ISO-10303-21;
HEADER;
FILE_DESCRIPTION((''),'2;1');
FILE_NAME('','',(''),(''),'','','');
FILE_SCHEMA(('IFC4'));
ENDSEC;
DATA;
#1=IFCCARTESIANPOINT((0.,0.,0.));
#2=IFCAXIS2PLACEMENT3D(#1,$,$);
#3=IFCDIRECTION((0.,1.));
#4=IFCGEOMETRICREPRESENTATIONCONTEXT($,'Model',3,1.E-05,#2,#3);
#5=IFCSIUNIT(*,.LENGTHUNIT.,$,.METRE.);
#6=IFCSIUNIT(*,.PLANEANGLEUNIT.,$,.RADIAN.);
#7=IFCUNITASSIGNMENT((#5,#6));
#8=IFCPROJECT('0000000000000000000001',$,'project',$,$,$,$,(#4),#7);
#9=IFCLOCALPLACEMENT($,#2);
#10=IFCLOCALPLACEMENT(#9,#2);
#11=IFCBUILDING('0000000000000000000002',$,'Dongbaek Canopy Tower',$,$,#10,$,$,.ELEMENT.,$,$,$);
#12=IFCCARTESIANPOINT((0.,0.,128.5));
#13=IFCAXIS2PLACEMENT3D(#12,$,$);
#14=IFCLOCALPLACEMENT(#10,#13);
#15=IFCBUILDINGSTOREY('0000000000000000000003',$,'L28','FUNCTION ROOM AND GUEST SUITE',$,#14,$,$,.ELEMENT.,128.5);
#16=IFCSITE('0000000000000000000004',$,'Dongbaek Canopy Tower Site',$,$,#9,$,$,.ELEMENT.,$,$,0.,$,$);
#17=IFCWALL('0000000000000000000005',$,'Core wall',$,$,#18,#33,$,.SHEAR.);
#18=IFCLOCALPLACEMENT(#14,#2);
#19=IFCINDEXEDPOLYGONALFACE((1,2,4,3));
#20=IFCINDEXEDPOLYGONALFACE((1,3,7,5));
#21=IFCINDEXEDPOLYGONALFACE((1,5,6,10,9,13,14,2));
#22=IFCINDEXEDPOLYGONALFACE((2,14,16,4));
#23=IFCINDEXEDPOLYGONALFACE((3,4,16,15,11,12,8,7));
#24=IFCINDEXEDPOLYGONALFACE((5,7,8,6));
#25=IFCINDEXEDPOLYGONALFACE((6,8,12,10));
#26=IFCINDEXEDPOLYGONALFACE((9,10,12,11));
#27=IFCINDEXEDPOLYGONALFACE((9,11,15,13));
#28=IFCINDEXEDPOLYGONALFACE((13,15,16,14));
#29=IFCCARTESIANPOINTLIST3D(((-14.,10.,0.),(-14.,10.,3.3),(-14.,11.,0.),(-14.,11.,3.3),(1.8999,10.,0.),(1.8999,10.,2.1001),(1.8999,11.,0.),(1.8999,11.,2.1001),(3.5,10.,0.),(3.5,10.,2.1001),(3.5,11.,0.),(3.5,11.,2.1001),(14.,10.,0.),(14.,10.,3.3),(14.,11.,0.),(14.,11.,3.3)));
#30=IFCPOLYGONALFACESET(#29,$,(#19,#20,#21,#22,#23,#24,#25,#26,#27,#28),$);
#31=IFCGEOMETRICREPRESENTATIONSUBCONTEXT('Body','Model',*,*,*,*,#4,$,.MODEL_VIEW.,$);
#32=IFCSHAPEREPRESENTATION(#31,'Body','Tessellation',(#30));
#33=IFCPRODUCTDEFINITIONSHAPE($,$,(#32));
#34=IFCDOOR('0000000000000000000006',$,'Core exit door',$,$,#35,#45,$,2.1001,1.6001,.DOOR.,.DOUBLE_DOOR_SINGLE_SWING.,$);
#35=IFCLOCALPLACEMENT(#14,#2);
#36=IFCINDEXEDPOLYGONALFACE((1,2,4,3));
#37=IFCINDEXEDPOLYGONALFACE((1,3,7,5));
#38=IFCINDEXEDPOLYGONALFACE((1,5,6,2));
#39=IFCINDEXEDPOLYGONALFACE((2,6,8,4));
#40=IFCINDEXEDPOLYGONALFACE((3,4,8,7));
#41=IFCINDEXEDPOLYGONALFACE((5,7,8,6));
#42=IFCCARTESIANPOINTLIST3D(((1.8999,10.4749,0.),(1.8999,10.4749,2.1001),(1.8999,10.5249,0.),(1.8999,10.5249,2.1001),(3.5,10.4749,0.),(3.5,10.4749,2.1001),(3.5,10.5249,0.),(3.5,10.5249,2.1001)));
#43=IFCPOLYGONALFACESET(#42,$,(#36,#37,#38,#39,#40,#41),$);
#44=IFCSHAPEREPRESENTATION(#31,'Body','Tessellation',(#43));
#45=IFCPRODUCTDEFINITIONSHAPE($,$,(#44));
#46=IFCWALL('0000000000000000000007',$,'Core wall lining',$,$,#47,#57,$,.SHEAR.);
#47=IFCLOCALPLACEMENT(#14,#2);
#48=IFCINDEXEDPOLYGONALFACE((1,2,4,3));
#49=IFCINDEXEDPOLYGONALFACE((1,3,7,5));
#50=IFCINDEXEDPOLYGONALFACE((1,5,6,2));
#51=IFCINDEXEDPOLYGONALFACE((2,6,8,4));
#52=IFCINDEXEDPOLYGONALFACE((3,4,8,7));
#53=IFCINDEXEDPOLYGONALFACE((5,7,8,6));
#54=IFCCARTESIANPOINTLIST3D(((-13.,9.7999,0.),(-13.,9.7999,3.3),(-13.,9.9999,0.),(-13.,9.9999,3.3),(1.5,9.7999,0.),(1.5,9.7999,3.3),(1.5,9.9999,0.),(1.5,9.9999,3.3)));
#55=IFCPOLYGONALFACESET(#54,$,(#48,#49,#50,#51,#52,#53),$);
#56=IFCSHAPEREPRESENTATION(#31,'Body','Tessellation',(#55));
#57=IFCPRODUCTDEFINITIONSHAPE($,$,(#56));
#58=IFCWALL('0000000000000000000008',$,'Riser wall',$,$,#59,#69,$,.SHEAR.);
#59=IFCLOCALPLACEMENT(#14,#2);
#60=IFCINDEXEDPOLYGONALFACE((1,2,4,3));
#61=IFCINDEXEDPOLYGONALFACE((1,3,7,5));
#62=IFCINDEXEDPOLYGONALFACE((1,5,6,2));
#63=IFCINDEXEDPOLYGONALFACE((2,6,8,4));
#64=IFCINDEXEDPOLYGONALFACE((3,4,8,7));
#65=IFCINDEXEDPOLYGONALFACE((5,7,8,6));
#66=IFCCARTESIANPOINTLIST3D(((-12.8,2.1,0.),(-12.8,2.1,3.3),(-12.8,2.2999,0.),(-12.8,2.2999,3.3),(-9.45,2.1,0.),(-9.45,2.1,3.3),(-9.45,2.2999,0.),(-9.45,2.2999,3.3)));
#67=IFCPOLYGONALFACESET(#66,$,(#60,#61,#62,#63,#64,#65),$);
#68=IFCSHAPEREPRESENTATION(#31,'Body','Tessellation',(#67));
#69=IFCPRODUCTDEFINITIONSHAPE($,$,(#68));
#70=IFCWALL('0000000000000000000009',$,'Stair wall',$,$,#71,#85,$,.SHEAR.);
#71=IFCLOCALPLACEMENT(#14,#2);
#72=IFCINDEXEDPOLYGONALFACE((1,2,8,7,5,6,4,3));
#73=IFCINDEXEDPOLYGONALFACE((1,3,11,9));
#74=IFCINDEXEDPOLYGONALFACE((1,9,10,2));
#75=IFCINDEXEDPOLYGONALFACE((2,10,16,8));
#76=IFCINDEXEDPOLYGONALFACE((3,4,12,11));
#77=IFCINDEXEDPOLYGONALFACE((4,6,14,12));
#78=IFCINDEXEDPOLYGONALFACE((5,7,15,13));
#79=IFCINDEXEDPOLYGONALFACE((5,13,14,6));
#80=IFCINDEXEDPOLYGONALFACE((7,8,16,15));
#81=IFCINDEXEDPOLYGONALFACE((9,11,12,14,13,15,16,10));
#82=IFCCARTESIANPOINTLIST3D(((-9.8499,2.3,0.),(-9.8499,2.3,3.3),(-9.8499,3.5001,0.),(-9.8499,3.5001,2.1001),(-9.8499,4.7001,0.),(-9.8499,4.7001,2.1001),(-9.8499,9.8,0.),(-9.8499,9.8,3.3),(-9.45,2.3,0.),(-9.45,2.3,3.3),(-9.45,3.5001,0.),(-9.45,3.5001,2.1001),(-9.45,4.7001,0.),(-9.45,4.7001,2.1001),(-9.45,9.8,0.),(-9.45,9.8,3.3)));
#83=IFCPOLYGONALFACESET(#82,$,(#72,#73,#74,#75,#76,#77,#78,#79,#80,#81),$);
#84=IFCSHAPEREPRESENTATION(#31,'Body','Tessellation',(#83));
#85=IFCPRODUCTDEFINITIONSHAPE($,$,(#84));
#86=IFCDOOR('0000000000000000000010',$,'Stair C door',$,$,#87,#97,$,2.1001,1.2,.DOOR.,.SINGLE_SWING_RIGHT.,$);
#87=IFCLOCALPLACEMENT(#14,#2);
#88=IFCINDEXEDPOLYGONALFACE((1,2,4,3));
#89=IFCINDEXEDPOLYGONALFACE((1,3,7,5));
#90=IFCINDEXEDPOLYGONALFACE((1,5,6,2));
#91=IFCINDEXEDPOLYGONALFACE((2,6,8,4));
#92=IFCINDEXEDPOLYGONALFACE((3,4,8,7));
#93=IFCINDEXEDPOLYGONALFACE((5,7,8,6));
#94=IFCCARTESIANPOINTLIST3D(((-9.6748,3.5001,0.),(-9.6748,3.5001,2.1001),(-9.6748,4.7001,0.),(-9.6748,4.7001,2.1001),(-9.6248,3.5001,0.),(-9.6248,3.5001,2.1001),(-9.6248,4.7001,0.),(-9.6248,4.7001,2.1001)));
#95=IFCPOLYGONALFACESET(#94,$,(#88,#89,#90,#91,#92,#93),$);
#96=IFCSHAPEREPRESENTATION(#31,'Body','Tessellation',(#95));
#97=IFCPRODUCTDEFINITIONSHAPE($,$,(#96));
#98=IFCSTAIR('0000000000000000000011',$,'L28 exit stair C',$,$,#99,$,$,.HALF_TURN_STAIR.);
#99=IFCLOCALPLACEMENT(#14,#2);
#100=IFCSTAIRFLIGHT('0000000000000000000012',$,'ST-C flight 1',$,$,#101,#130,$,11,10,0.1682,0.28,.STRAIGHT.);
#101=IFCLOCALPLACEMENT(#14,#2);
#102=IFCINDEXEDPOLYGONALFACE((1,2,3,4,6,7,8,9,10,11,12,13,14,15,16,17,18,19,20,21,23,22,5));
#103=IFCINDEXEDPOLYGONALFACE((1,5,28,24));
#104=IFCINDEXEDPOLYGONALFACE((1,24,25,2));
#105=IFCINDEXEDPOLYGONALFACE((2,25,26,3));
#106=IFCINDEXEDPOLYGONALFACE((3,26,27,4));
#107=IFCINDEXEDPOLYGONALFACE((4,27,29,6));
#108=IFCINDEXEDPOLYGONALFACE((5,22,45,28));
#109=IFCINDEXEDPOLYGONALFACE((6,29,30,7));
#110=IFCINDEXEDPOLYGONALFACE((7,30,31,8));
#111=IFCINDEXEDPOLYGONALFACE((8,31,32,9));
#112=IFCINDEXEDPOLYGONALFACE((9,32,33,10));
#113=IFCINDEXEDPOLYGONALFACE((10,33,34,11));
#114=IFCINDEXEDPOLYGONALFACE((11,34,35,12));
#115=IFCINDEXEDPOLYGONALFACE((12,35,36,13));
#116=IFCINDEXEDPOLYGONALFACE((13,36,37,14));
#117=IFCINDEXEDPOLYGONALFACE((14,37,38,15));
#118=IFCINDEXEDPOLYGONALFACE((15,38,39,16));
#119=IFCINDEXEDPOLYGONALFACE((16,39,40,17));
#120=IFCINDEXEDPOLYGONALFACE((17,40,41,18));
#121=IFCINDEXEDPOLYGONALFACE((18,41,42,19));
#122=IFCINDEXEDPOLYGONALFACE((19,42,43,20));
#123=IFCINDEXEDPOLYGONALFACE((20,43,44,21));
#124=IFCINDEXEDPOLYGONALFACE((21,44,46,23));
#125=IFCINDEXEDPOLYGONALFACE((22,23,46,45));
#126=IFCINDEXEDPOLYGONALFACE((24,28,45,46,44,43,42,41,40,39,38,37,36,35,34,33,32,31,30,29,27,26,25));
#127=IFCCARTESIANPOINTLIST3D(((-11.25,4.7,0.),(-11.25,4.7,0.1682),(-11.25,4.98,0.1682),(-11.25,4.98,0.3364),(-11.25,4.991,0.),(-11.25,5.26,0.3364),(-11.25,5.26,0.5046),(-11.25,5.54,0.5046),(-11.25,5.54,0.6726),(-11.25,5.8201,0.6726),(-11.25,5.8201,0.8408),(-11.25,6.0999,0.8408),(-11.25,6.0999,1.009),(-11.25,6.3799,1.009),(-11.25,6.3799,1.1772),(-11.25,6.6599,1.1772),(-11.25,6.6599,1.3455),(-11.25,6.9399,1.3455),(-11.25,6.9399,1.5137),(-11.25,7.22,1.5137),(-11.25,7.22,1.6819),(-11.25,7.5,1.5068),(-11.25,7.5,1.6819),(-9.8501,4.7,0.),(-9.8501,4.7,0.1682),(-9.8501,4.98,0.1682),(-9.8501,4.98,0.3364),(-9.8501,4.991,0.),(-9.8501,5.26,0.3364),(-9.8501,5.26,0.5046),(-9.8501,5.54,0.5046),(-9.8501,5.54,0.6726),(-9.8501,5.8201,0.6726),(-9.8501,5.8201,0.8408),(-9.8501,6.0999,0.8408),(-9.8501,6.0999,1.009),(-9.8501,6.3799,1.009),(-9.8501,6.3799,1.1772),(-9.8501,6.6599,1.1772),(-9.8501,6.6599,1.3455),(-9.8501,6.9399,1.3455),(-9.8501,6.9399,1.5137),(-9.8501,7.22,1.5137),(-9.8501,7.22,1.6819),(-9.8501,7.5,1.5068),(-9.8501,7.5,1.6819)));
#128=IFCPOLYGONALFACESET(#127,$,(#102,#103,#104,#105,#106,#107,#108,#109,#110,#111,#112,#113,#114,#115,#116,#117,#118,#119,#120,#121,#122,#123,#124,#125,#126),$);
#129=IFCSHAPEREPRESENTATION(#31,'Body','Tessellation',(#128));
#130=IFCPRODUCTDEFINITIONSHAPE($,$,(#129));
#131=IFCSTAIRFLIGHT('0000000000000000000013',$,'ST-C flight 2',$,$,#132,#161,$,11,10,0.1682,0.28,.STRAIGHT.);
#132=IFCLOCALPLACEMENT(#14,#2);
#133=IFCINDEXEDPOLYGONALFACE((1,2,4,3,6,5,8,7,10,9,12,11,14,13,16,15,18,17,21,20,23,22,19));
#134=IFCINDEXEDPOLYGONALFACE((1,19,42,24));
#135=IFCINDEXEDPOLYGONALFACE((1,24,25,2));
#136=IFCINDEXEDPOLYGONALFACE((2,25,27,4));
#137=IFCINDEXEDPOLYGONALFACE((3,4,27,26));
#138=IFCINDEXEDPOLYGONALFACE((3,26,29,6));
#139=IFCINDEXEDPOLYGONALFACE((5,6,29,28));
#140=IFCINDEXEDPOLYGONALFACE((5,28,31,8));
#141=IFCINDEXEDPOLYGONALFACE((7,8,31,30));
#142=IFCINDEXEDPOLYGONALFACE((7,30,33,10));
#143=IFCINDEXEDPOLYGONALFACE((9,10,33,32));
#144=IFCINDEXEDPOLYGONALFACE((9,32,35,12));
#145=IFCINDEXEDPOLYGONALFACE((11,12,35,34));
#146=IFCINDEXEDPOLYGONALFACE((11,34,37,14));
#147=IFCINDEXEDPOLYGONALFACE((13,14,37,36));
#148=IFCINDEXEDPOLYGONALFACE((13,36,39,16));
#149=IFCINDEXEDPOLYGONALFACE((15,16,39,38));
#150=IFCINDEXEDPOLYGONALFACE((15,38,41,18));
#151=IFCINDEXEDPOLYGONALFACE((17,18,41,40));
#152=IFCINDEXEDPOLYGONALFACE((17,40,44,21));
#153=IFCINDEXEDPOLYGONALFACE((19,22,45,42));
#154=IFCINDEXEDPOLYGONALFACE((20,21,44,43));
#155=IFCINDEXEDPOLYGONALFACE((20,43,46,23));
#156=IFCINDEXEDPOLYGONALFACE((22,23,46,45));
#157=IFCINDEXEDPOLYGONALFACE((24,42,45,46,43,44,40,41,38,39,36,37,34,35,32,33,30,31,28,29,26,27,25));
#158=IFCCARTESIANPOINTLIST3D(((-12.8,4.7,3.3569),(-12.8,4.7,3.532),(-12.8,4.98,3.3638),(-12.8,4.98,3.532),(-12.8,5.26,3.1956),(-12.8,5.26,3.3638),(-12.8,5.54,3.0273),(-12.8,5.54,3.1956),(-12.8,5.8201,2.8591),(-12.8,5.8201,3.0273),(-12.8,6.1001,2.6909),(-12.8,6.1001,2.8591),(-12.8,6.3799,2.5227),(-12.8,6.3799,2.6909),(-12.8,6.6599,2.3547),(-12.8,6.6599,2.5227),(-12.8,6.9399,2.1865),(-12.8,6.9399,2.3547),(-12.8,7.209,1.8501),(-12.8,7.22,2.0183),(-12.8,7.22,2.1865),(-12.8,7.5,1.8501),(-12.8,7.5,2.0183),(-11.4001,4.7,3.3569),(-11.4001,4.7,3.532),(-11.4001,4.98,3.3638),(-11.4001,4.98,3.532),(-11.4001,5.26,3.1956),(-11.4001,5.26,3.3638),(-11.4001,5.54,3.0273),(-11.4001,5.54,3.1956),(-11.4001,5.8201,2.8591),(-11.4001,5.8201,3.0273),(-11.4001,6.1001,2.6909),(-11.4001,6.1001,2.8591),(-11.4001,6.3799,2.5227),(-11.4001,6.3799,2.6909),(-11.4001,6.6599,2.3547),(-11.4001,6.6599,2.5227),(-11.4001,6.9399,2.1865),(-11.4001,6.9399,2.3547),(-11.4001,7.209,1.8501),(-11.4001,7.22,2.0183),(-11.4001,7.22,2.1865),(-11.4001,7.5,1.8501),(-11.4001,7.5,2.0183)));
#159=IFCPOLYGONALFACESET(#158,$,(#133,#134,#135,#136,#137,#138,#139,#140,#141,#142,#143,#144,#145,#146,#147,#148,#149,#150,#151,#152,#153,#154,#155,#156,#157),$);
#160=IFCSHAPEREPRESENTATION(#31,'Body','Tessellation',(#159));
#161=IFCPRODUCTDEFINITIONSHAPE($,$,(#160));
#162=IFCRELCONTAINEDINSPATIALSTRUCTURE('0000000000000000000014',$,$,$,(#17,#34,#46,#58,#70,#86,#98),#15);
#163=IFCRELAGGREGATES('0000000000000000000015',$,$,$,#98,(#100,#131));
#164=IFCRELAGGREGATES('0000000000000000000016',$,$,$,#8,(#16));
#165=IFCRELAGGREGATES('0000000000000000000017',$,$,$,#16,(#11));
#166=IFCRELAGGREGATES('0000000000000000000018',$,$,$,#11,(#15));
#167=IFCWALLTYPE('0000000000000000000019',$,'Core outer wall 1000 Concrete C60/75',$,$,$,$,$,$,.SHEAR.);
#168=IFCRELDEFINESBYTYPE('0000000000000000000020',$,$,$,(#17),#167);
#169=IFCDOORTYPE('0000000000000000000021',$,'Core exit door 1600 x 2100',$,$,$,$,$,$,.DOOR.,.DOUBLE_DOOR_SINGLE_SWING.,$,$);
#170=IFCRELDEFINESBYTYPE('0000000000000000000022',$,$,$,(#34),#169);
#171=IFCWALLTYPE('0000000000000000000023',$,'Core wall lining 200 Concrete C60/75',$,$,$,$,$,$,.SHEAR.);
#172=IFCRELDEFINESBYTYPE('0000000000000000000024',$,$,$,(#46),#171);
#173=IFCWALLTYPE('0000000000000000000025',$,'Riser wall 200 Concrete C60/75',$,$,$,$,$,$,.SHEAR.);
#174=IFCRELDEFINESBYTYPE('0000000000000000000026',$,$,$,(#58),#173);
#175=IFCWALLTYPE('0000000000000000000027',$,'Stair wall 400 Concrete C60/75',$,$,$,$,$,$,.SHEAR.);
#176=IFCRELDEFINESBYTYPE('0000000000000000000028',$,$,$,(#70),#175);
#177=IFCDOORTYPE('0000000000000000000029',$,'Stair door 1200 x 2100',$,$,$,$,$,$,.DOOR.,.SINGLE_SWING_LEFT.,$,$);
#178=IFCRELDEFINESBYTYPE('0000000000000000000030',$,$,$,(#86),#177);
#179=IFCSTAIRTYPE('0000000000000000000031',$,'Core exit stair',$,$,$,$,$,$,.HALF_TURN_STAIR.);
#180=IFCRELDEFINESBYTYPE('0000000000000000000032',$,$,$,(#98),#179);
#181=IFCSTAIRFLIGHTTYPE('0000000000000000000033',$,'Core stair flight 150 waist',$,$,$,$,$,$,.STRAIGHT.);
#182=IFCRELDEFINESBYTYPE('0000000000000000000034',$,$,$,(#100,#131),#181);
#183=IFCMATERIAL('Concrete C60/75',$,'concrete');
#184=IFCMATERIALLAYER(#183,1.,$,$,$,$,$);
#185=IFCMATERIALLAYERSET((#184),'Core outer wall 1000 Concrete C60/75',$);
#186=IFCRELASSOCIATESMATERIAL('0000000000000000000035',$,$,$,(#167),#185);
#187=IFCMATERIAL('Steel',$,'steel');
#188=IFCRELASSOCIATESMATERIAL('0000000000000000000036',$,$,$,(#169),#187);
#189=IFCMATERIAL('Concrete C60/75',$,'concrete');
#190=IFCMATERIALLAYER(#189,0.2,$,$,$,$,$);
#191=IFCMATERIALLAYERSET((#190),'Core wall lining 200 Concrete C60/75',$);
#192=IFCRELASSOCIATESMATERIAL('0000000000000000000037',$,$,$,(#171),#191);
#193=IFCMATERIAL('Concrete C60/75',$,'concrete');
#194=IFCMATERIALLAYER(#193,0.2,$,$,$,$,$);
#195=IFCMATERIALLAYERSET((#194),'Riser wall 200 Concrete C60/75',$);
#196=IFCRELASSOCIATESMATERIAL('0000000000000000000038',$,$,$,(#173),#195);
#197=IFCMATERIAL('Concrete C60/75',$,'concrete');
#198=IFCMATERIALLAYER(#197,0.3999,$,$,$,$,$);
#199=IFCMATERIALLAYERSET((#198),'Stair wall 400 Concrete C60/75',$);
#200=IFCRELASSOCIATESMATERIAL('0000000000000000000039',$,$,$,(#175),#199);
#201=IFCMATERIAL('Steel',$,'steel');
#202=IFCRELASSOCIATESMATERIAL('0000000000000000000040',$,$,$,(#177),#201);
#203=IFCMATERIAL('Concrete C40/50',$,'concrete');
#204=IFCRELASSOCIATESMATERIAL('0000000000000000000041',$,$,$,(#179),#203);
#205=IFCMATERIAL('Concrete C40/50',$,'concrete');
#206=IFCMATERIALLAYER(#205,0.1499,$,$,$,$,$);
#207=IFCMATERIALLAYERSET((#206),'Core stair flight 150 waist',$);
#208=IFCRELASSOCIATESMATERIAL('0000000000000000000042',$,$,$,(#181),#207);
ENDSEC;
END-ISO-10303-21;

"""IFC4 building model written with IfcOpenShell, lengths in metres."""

from ifc_helpers import new_model, si_unit, direction, frame, frame_2d, origin, place, context, subcontext, project, spatial, polyline, rectangle, outline, extrude, material, layer, layer_set, type_object, element, fill, aggregate, save


model = new_model("IFC4")

# Units and contexts
model_context = context("Model", 3, precision=1e-05, world=origin(), true_north=direction((0.0, 1.0)))
body_context = subcontext(model_context, "Body", "Model", "MODEL_VIEW")
ifc_project = project(units=[si_unit("LENGTHUNIT", "METRE"), si_unit("PLANEANGLEUNIT", "RADIAN")], contexts=[model_context])

# Site, building, storey
site_placement = place(None, origin())
site = spatial("IfcSite", under=ifc_project, at=site_placement, Name="Dongbaek Canopy Tower Site", CompositionType="ELEMENT", RefElevation=0.0)
building_placement = place(site_placement, origin())
building = spatial("IfcBuilding", under=site, at=building_placement, Name="Dongbaek Canopy Tower", CompositionType="ELEMENT")
storey_placement = place(building_placement, frame((0.0, 0.0, 128.5)))
storey = spatial("IfcBuildingStorey", under=building, at=storey_placement, Name="L28", Description="FUNCTION ROOM AND GUEST SUITE", CompositionType="ELEMENT", Elevation=128.5)

# Wall, opening, door
ifc_material_1 = material(Name="Concrete C60/75", Category="concrete")
ifc_layer_1 = layer(ifc_material_1, 1.0)
ifc_layer_set_1 = layer_set([ifc_layer_1], Name="Core outer wall 1000 Concrete C60/75")
wall_type_1 = type_object("IfcWallType", Name="Core outer wall 1000 Concrete C60/75", PredefinedType="SHEAR", material=ifc_layer_set_1)
wall_1_placement = place(storey_placement, frame((-14.0, 10.5, 0.0), z_axis=(0.0, 0.0, 1.0), x_axis=(1.0, 0.0, 0.0)))
wall_1 = element("IfcWall", 1, at=wall_1_placement, inside=storey, type_object=wall_type_1, Name="Core wall", PredefinedType="SHEAR", context=body_context, shape_type="SweptSolid", body=[
    extrude(rectangle(XDim=28.0, YDim=1.0, at=frame_2d((14.0, 0.0))), origin(), (0.0, 0.0, 1.0), 3.3),
])
opening_1_placement = place(wall_1_placement, frame((15.8999, 0.0, 0.0)))
opening_1 = element("IfcOpeningElement", 2, at=opening_1_placement, cuts=wall_1, PredefinedType="OPENING", context=body_context, shape_type="SweptSolid", body=[
    extrude(rectangle(XDim=1.6001, YDim=2.1001, at=frame_2d((0.8, 1.05))), frame((0.0, 0.51, 0.0), z_axis=(0.0, -1.0, 0.0), x_axis=(1.0, 0.0, 0.0)), (0.0, 0.0, 1.0), 1.02),
])
ifc_material_2 = material(Name="Steel", Category="steel")
door_type_1 = type_object("IfcDoorType", Name="Core exit door 1600 x 2100", OperationType="DOUBLE_DOOR_SINGLE_SWING", PredefinedType="DOOR", material=ifc_material_2)
door_1_placement = place(opening_1_placement, origin())
door_1 = element("IfcDoor", 3, at=door_1_placement, inside=storey, type_object=door_type_1, Name="Core exit door", OperationType="DOUBLE_DOOR_SINGLE_SWING", OverallHeight=2.1001, OverallWidth=1.6001, PredefinedType="DOOR", context=body_context, shape_type="SweptSolid", body=[
    extrude(rectangle(XDim=1.6001, YDim=2.1001, at=frame_2d((0.8, 1.05))), frame((0.0, 0.0249, 0.0), z_axis=(0.0, -1.0, 0.0), x_axis=(1.0, 0.0, 0.0)), (0.0, 0.0, 1.0), 0.05),
])
fill(opening_1, door_1)

# Walls
ifc_material_3 = material(Name="Concrete C60/75", Category="concrete")
ifc_layer_2 = layer(ifc_material_3, 0.2)
ifc_layer_set_2 = layer_set([ifc_layer_2], Name="Core wall lining 200 Concrete C60/75")
wall_type_2 = type_object("IfcWallType", Name="Core wall lining 200 Concrete C60/75", PredefinedType="SHEAR", material=ifc_layer_set_2)
wall_2_placement = place(storey_placement, frame((-13.0, 9.8999, 0.0), z_axis=(0.0, 0.0, 1.0), x_axis=(1.0, 0.0, 0.0)))
element("IfcWall", 4, at=wall_2_placement, inside=storey, type_object=wall_type_2, Name="Core wall lining", PredefinedType="SHEAR", context=body_context, shape_type="SweptSolid", body=[
    extrude(rectangle(XDim=14.5, YDim=0.2, at=frame_2d((7.25, 0.0))), origin(), (0.0, 0.0, 1.0), 3.3),
])
ifc_material_4 = material(Name="Concrete C60/75", Category="concrete")
ifc_layer_3 = layer(ifc_material_4, 0.2)
ifc_layer_set_3 = layer_set([ifc_layer_3], Name="Riser wall 200 Concrete C60/75")
wall_type_3 = type_object("IfcWallType", Name="Riser wall 200 Concrete C60/75", PredefinedType="SHEAR", material=ifc_layer_set_3)
wall_3_placement = place(storey_placement, frame((-9.45, 2.2, 0.0), z_axis=(0.0, 0.0, 1.0), x_axis=(-1.0, 0.0, 0.0)))
element("IfcWall", 5, at=wall_3_placement, inside=storey, type_object=wall_type_3, Name="Riser wall", PredefinedType="SHEAR", context=body_context, shape_type="SweptSolid", body=[
    extrude(rectangle(XDim=3.3501, YDim=0.2, at=frame_2d((1.675, 0.0))), origin(), (0.0, 0.0, 1.0), 3.3),
])

# Wall, opening, door
ifc_material_5 = material(Name="Concrete C60/75", Category="concrete")
ifc_layer_4 = layer(ifc_material_5, 0.3999)
ifc_layer_set_4 = layer_set([ifc_layer_4], Name="Stair wall 400 Concrete C60/75")
wall_type_4 = type_object("IfcWallType", Name="Stair wall 400 Concrete C60/75", PredefinedType="SHEAR", material=ifc_layer_set_4)
wall_4_placement = place(storey_placement, frame((-9.6499, 2.3, 0.0), z_axis=(0.0, 0.0, 1.0), x_axis=(0.0, 1.0, 0.0)))
wall_4 = element("IfcWall", 6, at=wall_4_placement, inside=storey, type_object=wall_type_4, Name="Stair wall", PredefinedType="SHEAR", context=body_context, shape_type="SweptSolid", body=[
    extrude(rectangle(XDim=7.5, YDim=0.3999, at=frame_2d((3.75, 0.0))), origin(), (0.0, 0.0, 1.0), 3.3),
])
opening_2_placement = place(wall_4_placement, frame((1.2, 0.0, 0.0)))
opening_2 = element("IfcOpeningElement", 7, at=opening_2_placement, cuts=wall_4, PredefinedType="OPENING", context=body_context, shape_type="SweptSolid", body=[
    extrude(rectangle(XDim=1.2, YDim=2.1001, at=frame_2d((0.6001, 1.05))), frame((0.0, 0.21, 0.0), z_axis=(0.0, -1.0, 0.0), x_axis=(1.0, 0.0, 0.0)), (0.0, 0.0, 1.0), 0.4199),
])
ifc_material_6 = material(Name="Steel", Category="steel")
door_type_2 = type_object("IfcDoorType", Name="Stair door 1200 x 2100", OperationType="SINGLE_SWING_LEFT", PredefinedType="DOOR", material=ifc_material_6)
door_2_placement = place(opening_2_placement, origin())
door_2 = element("IfcDoor", 8, at=door_2_placement, inside=storey, type_object=door_type_2, Name="Stair C door", OperationType="SINGLE_SWING_RIGHT", OverallHeight=2.1001, OverallWidth=1.2, PredefinedType="DOOR", context=body_context, shape_type="SweptSolid", body=[
    extrude(rectangle(XDim=1.2, YDim=2.1001, at=frame_2d((0.6001, 1.05))), frame((0.0, 0.0249, 0.0), z_axis=(0.0, -1.0, 0.0), x_axis=(1.0, 0.0, 0.0)), (0.0, 0.0, 1.0), 0.05),
])
fill(opening_2, door_2)

# Stair, stair flights
ifc_material_7 = material(Name="Concrete C40/50", Category="concrete")
stair_type = type_object("IfcStairType", Name="Core exit stair", PredefinedType="HALF_TURN_STAIR", material=ifc_material_7)
stair_placement = place(storey_placement, origin())
stair = element("IfcStair", 9, at=stair_placement, inside=storey, type_object=stair_type, Name="L28 exit stair C", PredefinedType="HALF_TURN_STAIR")
ifc_material_8 = material(Name="Concrete C40/50", Category="concrete")
ifc_layer_5 = layer(ifc_material_8, 0.1499)
ifc_layer_set_5 = layer_set([ifc_layer_5], Name="Core stair flight 150 waist")
stair_flight_type = type_object("IfcStairFlightType", Name="Core stair flight 150 waist", PredefinedType="STRAIGHT", material=ifc_layer_set_5)
stair_flight_1_placement = place(storey_placement, frame((-10.55, 4.7, 0.0), z_axis=(0.0, 0.0, 1.0), x_axis=(0.0, 1.0, 0.0)))
stair_flight_1 = element("IfcStairFlight", 10, at=stair_flight_1_placement, type_object=stair_flight_type, Name="ST-C flight 1", NumberOfRisers=11, NumberOfTreads=10, PredefinedType="STRAIGHT", RiserHeight=0.1682, TreadLength=0.28, context=body_context, shape_type="SweptSolid", body=[
    extrude(outline(polyline([(0.0, 0.0), (0.0, 0.1682), (0.28, 0.1682), (0.28, 0.3364), (0.5601, 0.3364), (0.5601, 0.5046), (0.8401, 0.5046), (0.8401, 0.6726), (1.1201, 0.6726), (1.1201, 0.8408), (1.3999, 0.8408), (1.3999, 1.009), (1.6799, 1.009), (1.6799, 1.1772), (1.96, 1.1772), (1.96, 1.3455), (2.24, 1.3455), (2.24, 1.5137), (2.52, 1.5137), (2.52, 1.6819), (2.8, 1.6819), (2.8, 1.8501), (2.8, 1.5068), (0.291, 0.0), (0.0, 0.0)])), frame((0.0, 0.7, 0.0), z_axis=(0.0, -1.0, 0.0), x_axis=(1.0, 0.0, 0.0)), (0.0, 0.0, 1.0), 1.3999),
])
stair_flight_2_placement = place(storey_placement, frame((-12.1001, 7.5, 1.8501), z_axis=(0.0, 0.0, 1.0), x_axis=(0.0, -1.0, 0.0)))
stair_flight_2 = element("IfcStairFlight", 11, at=stair_flight_2_placement, type_object=stair_flight_type, Name="ST-C flight 2", NumberOfRisers=11, NumberOfTreads=10, PredefinedType="STRAIGHT", RiserHeight=0.1682, TreadLength=0.28, context=body_context, shape_type="SweptSolid", body=[
    extrude(outline(polyline([(0.0, 0.0), (0.0, 0.1682), (0.28, 0.1682), (0.28, 0.3364), (0.5601, 0.3364), (0.5601, 0.5046), (0.8401, 0.5046), (0.8401, 0.6726), (1.1201, 0.6726), (1.1201, 0.8408), (1.3999, 0.8408), (1.3999, 1.009), (1.6799, 1.009), (1.6799, 1.1772), (1.96, 1.1772), (1.96, 1.3455), (2.24, 1.3455), (2.24, 1.5137), (2.52, 1.5137), (2.52, 1.6819), (2.8, 1.6819), (2.8, 1.8501), (2.8, 1.5068), (0.291, 0.0), (0.0, 0.0)])), frame((0.0, 0.7, 0.0), z_axis=(0.0, -1.0, 0.0), x_axis=(1.0, 0.0, 0.0)), (0.0, 0.0, 1.0), 1.3999),
])
aggregate(stair, [stair_flight_1, stair_flight_2])

save(model, "model.ifc")
